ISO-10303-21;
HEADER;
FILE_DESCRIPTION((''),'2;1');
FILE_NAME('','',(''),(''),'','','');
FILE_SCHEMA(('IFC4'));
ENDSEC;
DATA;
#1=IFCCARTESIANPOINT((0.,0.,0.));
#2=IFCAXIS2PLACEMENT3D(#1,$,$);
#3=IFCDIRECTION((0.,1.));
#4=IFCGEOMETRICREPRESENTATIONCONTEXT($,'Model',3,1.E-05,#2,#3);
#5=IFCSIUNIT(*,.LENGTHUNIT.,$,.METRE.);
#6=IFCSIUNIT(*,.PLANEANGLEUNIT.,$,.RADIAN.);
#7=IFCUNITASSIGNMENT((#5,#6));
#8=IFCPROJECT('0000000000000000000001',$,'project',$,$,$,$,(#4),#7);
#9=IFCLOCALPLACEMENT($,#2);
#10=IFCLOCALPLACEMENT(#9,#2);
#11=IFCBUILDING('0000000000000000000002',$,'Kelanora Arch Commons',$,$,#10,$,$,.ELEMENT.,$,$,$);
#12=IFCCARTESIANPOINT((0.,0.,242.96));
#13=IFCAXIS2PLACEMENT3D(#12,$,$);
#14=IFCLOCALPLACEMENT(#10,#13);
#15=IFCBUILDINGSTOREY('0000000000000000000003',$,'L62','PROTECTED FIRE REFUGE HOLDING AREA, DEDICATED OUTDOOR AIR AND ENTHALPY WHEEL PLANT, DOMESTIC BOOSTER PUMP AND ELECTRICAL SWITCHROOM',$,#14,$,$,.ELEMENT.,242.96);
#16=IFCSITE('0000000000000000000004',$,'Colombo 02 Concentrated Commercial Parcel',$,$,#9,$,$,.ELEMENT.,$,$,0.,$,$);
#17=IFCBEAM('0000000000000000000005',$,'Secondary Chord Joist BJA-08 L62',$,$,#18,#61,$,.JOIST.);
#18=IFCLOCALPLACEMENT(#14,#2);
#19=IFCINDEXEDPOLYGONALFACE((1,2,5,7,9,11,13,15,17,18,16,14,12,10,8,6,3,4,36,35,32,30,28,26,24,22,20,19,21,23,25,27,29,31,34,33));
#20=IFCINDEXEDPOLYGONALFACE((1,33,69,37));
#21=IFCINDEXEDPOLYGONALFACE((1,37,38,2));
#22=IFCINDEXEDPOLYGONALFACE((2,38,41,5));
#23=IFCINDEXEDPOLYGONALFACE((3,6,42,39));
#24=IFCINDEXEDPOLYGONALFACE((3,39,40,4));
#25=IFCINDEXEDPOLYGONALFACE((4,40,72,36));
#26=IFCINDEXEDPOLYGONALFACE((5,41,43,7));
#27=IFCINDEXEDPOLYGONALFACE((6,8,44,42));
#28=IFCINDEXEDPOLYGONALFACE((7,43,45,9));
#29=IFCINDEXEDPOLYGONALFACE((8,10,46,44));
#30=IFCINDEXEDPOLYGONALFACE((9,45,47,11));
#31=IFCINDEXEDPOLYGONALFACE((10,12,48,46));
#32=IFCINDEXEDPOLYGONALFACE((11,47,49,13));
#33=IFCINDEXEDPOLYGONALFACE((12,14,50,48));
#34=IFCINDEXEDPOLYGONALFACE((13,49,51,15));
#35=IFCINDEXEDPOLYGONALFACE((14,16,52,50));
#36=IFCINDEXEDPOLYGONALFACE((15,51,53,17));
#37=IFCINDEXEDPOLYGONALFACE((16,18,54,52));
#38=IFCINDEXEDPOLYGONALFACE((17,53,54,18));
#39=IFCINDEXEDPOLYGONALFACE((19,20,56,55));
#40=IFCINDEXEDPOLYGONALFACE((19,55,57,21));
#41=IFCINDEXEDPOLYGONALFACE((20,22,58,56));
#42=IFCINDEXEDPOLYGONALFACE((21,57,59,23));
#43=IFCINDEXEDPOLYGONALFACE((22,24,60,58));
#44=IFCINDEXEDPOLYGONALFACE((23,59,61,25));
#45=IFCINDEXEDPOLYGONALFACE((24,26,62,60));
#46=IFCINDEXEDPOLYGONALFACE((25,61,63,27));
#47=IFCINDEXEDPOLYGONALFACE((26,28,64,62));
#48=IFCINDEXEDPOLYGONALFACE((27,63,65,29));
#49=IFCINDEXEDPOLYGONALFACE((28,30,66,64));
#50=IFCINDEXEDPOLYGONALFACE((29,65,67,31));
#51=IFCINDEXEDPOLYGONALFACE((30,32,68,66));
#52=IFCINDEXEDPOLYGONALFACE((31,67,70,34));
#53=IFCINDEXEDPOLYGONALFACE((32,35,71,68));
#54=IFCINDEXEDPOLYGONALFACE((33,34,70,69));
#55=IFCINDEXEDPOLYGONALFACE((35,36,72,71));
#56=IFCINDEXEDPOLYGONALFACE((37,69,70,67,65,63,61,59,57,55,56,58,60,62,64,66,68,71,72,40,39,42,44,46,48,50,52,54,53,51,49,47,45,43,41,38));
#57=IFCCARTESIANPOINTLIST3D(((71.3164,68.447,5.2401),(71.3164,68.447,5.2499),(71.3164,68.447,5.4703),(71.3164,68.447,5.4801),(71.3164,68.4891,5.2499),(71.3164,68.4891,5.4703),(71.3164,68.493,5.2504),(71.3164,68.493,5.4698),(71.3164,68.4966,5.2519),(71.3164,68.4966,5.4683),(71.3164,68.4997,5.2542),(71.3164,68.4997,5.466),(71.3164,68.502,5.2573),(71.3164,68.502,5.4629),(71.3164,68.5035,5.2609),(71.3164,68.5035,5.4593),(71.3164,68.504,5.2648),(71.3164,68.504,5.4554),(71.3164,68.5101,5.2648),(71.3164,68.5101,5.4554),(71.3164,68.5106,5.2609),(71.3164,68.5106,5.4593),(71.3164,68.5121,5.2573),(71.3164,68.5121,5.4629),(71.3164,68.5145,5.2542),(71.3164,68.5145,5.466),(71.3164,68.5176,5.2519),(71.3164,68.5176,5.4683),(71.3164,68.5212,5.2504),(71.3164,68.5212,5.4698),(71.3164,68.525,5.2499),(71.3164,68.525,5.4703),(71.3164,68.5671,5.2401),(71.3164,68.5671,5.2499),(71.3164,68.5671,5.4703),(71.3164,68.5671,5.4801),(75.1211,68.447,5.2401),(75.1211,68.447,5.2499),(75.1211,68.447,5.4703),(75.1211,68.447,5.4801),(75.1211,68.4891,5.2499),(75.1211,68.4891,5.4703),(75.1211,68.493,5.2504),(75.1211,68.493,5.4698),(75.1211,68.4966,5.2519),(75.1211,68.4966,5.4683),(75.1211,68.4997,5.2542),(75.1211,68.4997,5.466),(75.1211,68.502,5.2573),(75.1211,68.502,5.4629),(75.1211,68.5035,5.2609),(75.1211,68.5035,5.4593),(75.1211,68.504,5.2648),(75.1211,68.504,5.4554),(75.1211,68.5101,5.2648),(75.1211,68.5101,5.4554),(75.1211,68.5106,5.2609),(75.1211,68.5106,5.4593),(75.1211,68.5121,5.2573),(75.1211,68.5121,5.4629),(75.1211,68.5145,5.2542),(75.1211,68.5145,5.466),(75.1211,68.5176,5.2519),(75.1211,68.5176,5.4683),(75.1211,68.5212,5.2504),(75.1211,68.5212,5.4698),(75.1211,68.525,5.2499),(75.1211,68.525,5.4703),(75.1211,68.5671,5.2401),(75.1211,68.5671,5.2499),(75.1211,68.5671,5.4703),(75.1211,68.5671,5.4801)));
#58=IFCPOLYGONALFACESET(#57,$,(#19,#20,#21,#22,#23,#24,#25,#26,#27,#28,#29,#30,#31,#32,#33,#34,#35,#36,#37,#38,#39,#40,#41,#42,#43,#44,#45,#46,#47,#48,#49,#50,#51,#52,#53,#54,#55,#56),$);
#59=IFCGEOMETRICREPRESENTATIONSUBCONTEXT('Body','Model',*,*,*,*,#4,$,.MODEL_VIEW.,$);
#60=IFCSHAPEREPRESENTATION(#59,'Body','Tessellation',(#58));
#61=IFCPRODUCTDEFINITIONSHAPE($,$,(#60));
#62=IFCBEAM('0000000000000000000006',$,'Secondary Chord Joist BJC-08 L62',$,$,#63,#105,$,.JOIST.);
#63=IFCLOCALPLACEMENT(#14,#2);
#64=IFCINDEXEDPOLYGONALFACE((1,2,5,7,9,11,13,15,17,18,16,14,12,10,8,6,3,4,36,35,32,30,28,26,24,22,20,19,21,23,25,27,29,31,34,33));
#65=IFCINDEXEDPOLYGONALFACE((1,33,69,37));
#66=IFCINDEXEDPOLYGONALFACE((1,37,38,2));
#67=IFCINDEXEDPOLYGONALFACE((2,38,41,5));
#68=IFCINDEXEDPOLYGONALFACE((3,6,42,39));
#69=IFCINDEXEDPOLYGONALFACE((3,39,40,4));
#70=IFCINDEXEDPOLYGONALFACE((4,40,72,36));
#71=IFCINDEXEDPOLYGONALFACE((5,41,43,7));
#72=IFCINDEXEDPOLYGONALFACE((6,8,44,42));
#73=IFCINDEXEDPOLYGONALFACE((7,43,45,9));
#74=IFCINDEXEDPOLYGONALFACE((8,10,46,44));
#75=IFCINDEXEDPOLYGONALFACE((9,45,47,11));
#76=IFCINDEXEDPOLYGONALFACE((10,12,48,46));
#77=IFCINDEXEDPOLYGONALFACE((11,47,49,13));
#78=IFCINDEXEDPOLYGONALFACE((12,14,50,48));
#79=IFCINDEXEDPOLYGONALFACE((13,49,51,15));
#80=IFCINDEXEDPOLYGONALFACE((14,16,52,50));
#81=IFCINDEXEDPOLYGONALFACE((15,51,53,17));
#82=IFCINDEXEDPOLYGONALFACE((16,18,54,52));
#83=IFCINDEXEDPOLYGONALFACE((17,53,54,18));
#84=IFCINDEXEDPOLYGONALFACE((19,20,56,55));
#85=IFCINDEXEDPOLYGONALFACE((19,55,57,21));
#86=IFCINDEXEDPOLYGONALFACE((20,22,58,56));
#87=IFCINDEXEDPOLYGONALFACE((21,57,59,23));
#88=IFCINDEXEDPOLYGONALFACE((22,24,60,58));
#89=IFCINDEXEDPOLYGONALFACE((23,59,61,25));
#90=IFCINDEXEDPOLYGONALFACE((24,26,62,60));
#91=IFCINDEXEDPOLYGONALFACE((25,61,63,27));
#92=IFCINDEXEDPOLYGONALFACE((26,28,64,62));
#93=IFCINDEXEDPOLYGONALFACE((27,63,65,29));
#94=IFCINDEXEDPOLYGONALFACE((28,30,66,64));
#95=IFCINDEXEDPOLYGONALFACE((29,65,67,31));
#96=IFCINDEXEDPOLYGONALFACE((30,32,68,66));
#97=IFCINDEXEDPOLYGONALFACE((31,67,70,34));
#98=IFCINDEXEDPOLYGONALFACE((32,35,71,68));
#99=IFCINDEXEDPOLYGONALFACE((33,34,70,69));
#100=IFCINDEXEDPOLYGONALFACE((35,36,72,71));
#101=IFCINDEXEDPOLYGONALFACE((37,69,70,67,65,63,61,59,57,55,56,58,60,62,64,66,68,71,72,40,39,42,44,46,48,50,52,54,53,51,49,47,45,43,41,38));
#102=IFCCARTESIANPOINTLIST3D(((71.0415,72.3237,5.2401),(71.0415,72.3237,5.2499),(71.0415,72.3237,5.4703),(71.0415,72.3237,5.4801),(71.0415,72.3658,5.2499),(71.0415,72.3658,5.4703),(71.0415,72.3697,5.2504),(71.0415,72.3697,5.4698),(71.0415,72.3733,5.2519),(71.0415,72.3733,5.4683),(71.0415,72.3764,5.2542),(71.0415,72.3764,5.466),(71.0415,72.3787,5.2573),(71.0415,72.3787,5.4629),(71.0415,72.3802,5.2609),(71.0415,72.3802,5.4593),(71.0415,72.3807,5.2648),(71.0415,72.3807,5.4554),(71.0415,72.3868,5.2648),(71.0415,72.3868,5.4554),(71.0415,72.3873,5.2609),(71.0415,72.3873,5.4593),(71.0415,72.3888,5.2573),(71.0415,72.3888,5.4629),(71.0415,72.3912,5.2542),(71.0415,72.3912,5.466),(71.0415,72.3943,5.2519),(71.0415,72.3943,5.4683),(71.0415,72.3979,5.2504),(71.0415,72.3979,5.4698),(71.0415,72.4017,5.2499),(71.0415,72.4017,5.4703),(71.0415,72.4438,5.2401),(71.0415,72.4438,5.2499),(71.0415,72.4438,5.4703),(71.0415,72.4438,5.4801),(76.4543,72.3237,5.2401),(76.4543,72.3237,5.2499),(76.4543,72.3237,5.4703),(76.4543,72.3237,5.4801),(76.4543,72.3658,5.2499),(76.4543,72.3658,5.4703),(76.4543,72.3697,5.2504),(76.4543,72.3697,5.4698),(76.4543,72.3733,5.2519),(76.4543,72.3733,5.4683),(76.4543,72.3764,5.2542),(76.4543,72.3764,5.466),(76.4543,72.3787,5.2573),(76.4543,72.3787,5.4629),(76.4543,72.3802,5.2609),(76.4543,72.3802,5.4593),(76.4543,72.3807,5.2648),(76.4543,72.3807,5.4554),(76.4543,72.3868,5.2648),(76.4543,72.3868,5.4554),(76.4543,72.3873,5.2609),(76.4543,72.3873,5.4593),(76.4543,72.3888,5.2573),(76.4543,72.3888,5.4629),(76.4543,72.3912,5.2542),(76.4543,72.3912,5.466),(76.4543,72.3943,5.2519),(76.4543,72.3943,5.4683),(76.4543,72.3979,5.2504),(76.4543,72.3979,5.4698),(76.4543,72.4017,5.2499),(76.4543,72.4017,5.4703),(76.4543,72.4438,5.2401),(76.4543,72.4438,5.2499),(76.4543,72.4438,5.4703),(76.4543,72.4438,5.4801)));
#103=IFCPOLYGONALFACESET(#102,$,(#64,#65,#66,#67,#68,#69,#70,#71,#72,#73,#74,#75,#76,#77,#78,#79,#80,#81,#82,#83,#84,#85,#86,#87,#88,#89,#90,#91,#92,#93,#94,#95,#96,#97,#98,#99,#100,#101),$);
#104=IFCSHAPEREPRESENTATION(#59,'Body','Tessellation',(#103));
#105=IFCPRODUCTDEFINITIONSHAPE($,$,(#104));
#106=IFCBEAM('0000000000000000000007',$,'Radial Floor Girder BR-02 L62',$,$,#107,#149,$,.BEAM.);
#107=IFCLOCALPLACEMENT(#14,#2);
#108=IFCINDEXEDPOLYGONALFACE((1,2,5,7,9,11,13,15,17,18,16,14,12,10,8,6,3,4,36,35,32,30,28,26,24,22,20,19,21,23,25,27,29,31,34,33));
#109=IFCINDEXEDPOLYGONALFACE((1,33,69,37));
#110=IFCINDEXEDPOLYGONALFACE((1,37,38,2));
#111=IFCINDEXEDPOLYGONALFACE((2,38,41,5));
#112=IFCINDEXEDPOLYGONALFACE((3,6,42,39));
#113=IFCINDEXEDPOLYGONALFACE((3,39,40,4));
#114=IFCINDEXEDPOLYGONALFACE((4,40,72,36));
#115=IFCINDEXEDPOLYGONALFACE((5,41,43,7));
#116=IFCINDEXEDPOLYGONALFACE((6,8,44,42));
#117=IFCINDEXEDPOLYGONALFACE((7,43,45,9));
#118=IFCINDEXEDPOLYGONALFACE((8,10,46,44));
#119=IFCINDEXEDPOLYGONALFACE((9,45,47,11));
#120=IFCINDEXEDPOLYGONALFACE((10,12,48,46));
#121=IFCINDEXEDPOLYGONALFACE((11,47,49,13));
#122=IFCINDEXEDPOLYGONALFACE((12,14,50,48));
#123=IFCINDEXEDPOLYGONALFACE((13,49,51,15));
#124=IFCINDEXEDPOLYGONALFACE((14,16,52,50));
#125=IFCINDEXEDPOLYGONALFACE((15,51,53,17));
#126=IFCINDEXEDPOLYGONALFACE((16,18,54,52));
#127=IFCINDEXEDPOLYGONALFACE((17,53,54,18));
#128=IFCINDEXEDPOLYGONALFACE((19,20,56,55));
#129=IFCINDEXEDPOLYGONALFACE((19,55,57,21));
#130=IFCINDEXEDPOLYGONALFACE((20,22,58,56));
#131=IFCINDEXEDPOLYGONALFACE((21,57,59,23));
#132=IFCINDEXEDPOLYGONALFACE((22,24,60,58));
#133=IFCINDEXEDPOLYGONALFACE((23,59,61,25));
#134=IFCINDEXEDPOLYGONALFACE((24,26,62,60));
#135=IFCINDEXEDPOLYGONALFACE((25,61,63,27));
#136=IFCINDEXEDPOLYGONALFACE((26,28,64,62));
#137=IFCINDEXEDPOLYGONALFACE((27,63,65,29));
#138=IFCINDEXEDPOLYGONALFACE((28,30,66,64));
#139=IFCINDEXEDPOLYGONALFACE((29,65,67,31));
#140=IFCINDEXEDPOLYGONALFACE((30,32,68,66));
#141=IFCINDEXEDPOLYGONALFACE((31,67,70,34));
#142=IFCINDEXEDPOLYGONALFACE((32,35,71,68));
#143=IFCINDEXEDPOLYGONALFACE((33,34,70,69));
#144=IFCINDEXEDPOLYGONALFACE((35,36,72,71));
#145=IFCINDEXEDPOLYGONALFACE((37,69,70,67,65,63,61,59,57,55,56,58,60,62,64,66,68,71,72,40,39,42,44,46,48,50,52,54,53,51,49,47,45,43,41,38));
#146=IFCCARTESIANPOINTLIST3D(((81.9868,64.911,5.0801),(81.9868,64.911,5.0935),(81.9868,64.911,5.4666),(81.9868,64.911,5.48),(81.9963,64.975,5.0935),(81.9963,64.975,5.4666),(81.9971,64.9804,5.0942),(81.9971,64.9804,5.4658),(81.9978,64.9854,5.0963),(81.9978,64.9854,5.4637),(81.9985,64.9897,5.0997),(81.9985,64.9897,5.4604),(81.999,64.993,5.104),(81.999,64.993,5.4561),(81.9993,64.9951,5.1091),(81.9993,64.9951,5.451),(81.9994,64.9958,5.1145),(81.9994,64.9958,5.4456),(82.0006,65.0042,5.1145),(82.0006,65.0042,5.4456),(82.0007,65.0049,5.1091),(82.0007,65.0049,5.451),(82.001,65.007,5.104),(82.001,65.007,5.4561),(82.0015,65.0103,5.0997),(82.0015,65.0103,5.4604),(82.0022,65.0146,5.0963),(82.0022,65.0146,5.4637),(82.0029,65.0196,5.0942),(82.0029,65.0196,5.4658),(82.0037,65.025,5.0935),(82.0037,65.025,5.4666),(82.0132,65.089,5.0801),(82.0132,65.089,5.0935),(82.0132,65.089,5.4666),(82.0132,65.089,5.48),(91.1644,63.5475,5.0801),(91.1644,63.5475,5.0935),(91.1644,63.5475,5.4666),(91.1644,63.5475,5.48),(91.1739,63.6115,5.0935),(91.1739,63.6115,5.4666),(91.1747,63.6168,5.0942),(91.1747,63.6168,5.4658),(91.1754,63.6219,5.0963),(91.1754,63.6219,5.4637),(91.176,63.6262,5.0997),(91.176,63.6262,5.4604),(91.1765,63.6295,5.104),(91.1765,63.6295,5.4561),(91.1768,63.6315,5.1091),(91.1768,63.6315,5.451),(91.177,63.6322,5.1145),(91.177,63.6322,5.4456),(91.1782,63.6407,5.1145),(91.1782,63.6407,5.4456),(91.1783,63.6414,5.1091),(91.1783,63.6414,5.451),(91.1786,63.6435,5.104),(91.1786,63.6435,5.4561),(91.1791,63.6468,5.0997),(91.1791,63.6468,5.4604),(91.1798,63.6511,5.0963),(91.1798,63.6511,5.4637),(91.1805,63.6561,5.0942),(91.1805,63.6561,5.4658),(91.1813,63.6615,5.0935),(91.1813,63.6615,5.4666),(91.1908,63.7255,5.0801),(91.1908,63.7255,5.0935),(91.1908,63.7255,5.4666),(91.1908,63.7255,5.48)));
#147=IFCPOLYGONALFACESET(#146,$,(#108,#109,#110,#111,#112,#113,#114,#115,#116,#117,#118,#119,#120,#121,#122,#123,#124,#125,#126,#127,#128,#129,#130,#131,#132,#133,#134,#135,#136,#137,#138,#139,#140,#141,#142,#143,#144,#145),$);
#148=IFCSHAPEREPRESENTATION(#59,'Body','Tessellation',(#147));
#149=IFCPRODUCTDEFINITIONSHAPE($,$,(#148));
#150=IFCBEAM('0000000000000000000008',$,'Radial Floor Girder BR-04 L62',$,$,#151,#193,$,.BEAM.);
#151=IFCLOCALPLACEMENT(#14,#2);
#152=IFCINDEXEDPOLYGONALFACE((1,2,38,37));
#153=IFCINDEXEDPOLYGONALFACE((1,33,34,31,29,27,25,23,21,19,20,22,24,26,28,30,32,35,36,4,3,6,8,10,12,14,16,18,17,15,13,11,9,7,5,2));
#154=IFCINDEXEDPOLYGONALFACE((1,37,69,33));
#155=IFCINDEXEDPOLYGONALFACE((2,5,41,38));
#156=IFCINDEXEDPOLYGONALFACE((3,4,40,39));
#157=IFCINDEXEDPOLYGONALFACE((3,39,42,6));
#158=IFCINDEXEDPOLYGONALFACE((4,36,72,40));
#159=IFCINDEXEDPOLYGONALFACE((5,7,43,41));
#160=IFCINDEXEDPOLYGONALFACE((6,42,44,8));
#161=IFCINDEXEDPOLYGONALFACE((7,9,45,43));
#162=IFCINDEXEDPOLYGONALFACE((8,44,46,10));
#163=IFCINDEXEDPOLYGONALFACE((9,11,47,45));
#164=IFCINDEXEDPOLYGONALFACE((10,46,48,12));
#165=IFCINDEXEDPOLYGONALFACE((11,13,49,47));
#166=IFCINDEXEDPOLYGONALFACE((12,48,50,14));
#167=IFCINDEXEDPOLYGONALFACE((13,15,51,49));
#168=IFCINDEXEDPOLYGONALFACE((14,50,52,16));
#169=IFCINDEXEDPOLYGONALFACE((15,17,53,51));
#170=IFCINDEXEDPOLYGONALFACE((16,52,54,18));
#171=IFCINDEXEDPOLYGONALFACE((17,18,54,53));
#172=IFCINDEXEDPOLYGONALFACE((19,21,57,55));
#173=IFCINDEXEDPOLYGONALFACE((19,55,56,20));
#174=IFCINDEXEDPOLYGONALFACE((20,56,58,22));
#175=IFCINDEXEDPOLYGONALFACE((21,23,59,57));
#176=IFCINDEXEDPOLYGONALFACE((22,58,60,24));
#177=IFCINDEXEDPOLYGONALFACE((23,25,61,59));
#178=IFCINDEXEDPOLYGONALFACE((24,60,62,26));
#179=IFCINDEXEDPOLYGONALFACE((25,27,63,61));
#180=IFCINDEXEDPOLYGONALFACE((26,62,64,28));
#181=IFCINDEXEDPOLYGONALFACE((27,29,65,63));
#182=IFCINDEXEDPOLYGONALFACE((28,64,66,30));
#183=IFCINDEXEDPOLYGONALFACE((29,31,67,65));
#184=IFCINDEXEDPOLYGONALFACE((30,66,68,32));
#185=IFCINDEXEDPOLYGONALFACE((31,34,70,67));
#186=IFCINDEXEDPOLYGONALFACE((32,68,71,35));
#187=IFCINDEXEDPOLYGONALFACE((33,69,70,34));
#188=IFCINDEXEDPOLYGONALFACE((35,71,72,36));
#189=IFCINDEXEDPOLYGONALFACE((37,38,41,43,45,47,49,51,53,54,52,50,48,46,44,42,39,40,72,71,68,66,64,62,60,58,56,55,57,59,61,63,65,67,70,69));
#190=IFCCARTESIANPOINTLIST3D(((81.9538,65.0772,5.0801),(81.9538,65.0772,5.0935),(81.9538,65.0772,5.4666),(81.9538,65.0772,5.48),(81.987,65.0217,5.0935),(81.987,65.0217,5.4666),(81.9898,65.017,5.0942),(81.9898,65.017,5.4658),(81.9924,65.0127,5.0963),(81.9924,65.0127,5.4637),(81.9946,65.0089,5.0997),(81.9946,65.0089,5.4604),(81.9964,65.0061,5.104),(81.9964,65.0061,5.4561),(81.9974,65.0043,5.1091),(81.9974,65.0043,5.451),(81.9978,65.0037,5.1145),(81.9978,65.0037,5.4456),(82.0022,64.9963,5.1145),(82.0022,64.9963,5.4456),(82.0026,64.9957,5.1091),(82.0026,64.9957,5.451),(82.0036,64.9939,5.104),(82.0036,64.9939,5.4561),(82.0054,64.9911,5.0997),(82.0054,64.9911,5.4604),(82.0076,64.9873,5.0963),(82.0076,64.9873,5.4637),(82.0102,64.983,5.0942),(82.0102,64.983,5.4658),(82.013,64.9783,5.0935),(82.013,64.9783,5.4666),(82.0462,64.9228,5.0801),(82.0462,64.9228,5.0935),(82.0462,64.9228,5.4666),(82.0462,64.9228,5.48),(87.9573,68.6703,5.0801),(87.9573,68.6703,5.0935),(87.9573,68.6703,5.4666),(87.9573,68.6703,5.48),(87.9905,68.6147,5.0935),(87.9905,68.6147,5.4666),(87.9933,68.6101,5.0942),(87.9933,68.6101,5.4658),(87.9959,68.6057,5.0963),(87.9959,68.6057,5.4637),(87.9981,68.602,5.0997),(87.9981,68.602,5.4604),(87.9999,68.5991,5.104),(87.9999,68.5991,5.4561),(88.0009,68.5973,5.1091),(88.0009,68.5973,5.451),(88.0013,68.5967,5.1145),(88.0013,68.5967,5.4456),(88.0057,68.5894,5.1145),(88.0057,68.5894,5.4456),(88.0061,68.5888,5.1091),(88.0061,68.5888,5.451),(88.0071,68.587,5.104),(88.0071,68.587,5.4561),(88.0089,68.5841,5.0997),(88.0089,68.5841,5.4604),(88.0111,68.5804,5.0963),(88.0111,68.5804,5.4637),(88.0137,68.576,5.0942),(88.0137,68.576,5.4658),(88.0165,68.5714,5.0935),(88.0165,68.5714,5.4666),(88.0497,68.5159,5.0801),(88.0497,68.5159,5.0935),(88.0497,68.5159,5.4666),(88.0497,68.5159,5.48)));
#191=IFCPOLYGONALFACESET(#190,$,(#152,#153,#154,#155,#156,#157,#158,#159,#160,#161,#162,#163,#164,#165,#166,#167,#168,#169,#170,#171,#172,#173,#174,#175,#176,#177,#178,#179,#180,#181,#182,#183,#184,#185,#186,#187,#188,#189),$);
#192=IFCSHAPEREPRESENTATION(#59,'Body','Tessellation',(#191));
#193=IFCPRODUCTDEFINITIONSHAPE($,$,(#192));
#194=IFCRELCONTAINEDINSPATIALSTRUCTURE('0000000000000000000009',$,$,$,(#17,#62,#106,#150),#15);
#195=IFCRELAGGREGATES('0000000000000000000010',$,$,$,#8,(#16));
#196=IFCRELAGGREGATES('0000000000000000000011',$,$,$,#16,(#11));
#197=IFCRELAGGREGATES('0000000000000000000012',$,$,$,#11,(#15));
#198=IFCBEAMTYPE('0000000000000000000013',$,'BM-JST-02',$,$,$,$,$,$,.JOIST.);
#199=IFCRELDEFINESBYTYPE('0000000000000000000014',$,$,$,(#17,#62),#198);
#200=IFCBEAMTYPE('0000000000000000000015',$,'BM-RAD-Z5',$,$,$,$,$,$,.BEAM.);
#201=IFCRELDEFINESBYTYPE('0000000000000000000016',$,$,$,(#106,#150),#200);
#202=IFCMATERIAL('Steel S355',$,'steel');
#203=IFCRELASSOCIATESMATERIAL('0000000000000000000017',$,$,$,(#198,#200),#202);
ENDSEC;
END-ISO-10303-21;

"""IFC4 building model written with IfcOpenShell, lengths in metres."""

from ifc_helpers import new_model, si_unit, direction, frame, origin, origin_2d, place, context, subcontext, project, spatial, i_section, extrude, material, material_profile, profile_set, type_object, element, save


model = new_model("IFC4")

# Units and contexts
model_context = context("Model", 3, precision=1e-05, world=origin(), true_north=direction((0.0, 1.0)))
body_context = subcontext(model_context, "Body", "Model", "MODEL_VIEW")
ifc_project = project(units=[si_unit("LENGTHUNIT", "METRE"), si_unit("PLANEANGLEUNIT", "RADIAN")], contexts=[model_context])

# Site, building, storey
site_placement = place(None, origin())
site = spatial("IfcSite", under=ifc_project, at=site_placement, Name="Colombo 02 Concentrated Commercial Parcel", CompositionType="ELEMENT", RefElevation=0.0)
building_placement = place(site_placement, origin())
building = spatial("IfcBuilding", under=site, at=building_placement, Name="Kelanora Arch Commons", CompositionType="ELEMENT")
storey_placement = place(building_placement, frame((0.0, 0.0, 242.96)))
storey = spatial("IfcBuildingStorey", under=building, at=storey_placement, Name="L62", Description="PROTECTED FIRE REFUGE HOLDING AREA, DEDICATED OUTDOOR AIR AND ENTHALPY WHEEL PLANT, DOMESTIC BOOSTER PUMP AND ELECTRICAL SWITCHROOM", CompositionType="ELEMENT", Elevation=242.96)

# Beams
ifc_material_1 = material(Name="Steel S355", Category="steel")
ifc_material_profile_1 = material_profile(ifc_material_1, i_section(OverallWidth=0.1201, OverallDepth=0.24, WebThickness=0.0061, FlangeThickness=0.0098, FilletRadius=0.0149, at=origin_2d()), Name="IPE240")
ifc_profile_set_1 = profile_set([ifc_material_profile_1], Name="Steel S355")
beam_type_1 = type_object("IfcBeamType", Name="BM-JST-02", PredefinedType="JOIST", material=ifc_profile_set_1)
beam_1_placement = place(storey_placement, frame((75.1211, 68.5071, 5.3601), z_axis=(-1.0, 0.0, 0.0), x_axis=(0.0, -1.0, 0.0)))
element("IfcBeam", 1, at=beam_1_placement, inside=storey, type_object=beam_type_1, Name="Secondary Chord Joist BJA-08 L62", PredefinedType="JOIST", context=body_context, shape_type="SweptSolid", body=[
    extrude(i_section(OverallWidth=0.1201, OverallDepth=0.24, WebThickness=0.0061, FlangeThickness=0.0098, FilletRadius=0.0149, at=origin_2d()), origin(), (0.0, 0.0, 1.0), 3.8047),
])
beam_2_placement = place(storey_placement, frame((76.4543, 72.3838, 5.3601), z_axis=(-1.0, 0.0, 0.0), x_axis=(0.0, -1.0, 0.0)))
element("IfcBeam", 2, at=beam_2_placement, inside=storey, type_object=beam_type_1, Name="Secondary Chord Joist BJC-08 L62", PredefinedType="JOIST", context=body_context, shape_type="SweptSolid", body=[
    extrude(i_section(OverallWidth=0.1201, OverallDepth=0.24, WebThickness=0.0061, FlangeThickness=0.0098, FilletRadius=0.0149, at=origin_2d()), origin(), (0.0, 0.0, 1.0), 5.4128),
])
ifc_material_profile_2 = material_profile(ifc_material_1, i_section(OverallWidth=0.1799, OverallDepth=0.3999, WebThickness=0.0085, FlangeThickness=0.0134, FilletRadius=0.021, at=origin_2d()), Name="IPE400")
ifc_profile_set_2 = profile_set([ifc_material_profile_2], Name="Steel S355")
beam_type_2 = type_object("IfcBeamType", Name="BM-RAD-Z5", PredefinedType="BEAM", material=ifc_profile_set_2)
beam_3_placement = place(storey_placement, frame((82.0, 65.0, 5.28), z_axis=(0.989142, -0.14696, 0.0), x_axis=(0.14696, 0.989142, 0.0)))
element("IfcBeam", 3, at=beam_3_placement, inside=storey, type_object=beam_type_2, Name="Radial Floor Girder BR-02 L62", PredefinedType="BEAM", context=body_context, shape_type="SweptSolid", body=[
    extrude(i_section(OverallWidth=0.1799, OverallDepth=0.3999, WebThickness=0.0085, FlangeThickness=0.0134, FilletRadius=0.021, at=origin_2d()), origin(), (0.0, 0.0, 1.0), 9.2783),
])
beam_4_placement = place(storey_placement, frame((82.0, 65.0, 5.28), z_axis=(0.858062, 0.513546, 0.0), x_axis=(-0.513546, 0.858062, 0.0)))
element("IfcBeam", 4, at=beam_4_placement, inside=storey, type_object=beam_type_2, Name="Radial Floor Girder BR-04 L62", PredefinedType="BEAM", context=body_context, shape_type="SweptSolid", body=[
    extrude(i_section(OverallWidth=0.1799, OverallDepth=0.3999, WebThickness=0.0085, FlangeThickness=0.0134, FilletRadius=0.021, at=origin_2d()), origin(), (0.0, 0.0, 1.0), 6.9966),
])

save(model, "model.ifc")
